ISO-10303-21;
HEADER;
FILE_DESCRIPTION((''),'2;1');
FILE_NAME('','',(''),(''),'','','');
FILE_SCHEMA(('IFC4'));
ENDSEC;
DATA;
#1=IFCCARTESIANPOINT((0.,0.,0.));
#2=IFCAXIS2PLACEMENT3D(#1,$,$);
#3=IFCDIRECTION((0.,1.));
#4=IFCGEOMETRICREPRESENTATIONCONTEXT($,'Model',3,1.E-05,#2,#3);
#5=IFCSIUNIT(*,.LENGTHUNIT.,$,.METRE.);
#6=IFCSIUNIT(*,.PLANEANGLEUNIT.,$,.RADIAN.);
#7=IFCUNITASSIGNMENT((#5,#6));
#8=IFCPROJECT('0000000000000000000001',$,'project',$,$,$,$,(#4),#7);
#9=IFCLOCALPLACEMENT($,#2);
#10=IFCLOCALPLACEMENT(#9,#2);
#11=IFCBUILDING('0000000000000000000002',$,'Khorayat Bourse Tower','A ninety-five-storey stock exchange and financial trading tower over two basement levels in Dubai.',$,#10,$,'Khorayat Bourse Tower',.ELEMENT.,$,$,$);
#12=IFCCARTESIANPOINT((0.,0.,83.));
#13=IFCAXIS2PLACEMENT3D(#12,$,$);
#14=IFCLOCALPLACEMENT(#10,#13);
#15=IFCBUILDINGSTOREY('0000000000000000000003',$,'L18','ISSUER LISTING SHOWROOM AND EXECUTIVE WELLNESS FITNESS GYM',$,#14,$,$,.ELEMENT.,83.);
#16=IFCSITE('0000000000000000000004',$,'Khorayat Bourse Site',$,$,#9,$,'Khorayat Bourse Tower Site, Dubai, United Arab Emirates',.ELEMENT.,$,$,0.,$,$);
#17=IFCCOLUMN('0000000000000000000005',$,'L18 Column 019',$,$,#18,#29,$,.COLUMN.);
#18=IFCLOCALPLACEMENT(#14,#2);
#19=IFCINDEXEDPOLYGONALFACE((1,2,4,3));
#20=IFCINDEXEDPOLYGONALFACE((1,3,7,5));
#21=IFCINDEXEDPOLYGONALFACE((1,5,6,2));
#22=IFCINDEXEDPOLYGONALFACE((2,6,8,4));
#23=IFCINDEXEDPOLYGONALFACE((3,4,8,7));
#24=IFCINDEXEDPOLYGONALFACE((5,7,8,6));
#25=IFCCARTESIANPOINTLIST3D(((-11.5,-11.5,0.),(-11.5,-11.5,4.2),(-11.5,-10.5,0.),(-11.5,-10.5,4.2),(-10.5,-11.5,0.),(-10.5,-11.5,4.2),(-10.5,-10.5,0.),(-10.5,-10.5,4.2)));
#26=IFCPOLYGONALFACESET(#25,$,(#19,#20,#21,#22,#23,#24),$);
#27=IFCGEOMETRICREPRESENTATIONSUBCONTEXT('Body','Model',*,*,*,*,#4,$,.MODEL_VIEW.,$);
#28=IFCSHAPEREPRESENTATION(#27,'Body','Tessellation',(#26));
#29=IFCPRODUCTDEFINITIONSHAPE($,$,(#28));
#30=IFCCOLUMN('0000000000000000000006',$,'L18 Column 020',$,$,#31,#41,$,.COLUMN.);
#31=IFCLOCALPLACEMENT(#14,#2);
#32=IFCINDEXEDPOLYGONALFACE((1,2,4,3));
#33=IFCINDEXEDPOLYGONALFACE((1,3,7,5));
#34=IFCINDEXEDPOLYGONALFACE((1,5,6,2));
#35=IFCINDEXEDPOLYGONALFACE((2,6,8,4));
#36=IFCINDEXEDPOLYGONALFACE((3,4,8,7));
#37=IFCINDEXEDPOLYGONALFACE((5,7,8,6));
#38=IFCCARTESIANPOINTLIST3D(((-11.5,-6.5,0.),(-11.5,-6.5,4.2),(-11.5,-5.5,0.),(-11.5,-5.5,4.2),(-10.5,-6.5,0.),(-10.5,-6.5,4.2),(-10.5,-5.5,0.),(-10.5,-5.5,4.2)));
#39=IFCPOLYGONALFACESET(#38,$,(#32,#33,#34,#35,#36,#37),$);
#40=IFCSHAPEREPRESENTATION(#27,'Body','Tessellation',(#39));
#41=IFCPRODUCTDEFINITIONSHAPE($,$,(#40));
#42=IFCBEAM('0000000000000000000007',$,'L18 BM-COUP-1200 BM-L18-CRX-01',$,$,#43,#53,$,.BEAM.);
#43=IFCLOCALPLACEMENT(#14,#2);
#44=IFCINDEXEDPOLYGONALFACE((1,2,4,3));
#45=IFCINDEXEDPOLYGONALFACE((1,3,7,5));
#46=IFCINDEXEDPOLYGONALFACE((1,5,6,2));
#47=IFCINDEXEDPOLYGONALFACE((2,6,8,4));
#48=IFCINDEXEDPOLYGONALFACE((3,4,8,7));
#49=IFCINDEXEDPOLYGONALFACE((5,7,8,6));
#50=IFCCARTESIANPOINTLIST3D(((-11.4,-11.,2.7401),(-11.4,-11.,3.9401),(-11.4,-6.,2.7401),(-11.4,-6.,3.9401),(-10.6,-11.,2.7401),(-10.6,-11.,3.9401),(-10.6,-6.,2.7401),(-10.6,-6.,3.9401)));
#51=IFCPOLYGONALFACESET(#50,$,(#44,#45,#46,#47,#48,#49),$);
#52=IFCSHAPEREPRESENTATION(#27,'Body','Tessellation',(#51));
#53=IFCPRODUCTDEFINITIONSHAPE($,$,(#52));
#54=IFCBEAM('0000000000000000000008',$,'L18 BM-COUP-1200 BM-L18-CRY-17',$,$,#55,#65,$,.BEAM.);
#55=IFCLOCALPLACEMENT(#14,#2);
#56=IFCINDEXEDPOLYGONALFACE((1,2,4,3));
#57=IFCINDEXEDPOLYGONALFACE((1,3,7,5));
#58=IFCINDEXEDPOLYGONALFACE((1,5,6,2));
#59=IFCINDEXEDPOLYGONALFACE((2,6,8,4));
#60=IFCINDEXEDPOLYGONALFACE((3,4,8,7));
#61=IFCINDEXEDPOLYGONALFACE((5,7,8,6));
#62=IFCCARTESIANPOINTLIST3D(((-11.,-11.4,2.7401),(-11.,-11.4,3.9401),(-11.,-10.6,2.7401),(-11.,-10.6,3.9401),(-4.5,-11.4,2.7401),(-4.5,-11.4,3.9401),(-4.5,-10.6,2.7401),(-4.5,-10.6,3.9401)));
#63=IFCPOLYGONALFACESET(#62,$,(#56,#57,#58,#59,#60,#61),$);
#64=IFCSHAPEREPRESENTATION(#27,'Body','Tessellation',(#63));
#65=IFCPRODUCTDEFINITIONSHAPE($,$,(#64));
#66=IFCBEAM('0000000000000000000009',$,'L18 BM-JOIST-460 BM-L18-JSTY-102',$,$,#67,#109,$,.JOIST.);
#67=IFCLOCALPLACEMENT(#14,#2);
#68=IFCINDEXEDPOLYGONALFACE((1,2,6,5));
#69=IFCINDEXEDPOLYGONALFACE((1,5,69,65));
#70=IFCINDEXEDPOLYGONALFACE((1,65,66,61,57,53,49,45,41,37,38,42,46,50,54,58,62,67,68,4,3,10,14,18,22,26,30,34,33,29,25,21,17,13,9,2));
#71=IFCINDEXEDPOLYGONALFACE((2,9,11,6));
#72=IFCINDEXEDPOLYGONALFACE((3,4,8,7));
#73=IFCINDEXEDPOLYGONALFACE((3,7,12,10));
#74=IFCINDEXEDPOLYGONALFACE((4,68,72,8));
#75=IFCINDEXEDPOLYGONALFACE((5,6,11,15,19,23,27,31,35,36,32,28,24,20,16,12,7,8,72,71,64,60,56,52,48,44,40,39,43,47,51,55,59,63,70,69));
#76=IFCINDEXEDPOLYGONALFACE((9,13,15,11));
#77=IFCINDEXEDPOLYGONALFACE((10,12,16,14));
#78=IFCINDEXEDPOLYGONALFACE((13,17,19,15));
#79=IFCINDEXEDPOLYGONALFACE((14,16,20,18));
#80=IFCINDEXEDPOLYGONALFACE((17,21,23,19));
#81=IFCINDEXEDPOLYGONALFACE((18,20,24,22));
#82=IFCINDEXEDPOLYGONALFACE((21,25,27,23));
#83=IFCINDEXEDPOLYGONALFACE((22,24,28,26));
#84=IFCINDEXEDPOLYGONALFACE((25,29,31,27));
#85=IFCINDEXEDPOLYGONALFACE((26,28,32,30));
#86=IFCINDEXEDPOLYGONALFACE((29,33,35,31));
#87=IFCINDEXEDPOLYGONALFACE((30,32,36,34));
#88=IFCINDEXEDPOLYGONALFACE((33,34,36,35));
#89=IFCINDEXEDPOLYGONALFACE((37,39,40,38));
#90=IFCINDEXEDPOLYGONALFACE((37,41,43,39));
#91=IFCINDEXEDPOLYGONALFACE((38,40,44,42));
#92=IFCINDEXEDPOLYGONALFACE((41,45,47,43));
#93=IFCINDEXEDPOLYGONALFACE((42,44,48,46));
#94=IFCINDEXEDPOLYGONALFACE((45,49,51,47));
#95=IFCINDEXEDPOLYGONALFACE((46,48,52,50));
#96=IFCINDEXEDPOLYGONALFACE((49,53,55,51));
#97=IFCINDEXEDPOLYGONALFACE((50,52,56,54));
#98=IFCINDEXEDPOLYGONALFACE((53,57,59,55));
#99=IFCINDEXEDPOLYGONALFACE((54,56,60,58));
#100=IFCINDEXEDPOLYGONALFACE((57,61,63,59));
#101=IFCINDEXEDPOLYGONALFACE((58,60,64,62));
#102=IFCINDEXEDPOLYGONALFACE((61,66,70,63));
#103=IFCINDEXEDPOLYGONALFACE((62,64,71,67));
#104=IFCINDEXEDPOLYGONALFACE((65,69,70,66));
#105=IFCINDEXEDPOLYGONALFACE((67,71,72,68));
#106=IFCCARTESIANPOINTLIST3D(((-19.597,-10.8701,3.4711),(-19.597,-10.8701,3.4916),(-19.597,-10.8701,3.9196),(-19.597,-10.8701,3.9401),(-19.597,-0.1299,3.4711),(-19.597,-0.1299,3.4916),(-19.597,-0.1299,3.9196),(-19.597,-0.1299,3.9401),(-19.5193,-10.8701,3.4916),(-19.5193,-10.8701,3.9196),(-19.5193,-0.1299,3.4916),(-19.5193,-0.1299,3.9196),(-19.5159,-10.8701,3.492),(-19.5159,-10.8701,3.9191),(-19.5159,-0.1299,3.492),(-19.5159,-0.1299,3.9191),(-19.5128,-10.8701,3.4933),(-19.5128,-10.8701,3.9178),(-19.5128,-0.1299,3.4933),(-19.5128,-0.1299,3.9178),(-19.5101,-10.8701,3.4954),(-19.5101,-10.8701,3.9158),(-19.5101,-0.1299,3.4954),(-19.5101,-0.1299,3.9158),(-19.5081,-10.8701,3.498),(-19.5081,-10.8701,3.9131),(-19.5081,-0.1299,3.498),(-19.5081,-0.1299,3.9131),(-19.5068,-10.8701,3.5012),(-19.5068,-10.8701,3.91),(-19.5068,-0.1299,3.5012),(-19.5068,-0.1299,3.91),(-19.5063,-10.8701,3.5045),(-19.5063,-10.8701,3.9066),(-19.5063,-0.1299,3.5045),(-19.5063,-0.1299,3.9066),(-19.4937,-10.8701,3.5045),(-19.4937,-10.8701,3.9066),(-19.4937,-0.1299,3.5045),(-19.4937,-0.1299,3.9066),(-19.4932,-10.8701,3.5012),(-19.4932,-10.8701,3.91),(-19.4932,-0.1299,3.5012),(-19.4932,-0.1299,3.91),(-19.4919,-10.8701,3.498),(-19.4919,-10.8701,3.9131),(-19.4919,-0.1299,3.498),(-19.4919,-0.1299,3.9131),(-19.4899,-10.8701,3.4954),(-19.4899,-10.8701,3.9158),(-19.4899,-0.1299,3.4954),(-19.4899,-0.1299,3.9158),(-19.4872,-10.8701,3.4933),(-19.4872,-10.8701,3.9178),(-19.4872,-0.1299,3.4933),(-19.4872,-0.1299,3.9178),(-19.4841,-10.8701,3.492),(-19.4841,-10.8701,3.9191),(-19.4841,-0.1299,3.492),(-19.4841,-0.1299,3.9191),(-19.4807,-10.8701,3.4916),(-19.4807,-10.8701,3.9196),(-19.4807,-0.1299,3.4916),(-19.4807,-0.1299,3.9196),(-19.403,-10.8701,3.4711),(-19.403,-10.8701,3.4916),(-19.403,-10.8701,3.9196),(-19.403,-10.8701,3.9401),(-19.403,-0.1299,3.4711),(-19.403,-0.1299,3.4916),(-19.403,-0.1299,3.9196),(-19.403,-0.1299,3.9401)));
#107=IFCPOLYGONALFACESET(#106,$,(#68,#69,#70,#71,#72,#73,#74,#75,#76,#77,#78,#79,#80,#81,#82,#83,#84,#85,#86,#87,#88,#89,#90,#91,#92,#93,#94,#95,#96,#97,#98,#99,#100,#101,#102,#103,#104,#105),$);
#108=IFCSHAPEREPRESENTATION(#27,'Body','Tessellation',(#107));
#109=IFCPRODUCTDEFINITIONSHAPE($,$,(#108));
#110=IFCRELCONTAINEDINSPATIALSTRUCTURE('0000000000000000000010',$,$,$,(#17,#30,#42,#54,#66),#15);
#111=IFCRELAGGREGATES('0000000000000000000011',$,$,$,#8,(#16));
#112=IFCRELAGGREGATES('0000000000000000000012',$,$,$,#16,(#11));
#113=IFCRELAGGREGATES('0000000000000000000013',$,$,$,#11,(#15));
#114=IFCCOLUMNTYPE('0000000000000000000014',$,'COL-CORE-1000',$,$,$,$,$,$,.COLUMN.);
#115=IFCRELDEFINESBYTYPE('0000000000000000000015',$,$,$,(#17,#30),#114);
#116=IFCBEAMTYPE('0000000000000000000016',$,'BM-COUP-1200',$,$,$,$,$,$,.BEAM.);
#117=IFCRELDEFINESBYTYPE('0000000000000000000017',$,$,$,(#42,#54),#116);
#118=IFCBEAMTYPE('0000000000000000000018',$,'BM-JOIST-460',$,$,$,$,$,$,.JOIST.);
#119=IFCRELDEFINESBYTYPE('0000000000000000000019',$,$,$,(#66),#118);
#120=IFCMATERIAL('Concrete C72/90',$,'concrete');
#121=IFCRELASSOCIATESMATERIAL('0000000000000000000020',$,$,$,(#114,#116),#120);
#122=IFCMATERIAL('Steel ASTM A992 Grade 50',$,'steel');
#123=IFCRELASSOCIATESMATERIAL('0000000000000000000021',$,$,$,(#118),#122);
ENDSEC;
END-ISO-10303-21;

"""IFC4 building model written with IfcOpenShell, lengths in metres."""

from ifc_helpers import new_model, si_unit, direction, frame, origin, origin_2d, place, context, subcontext, project, spatial, rectangle, i_section, extrude, source, transform, mapped, material, material_profile, profile_set, type_object, element, save


model = new_model("IFC4")

# Units and contexts
model_context = context("Model", 3, precision=1e-05, world=origin(), true_north=direction((0.0, 1.0)))
body_context = subcontext(model_context, "Body", "Model", "MODEL_VIEW")
ifc_project = project(units=[si_unit("LENGTHUNIT", "METRE"), si_unit("PLANEANGLEUNIT", "RADIAN")], contexts=[model_context])

# Site, building, storey
site_placement = place(None, origin())
site = spatial("IfcSite", under=ifc_project, at=site_placement, Name="Khorayat Bourse Site", LongName="Khorayat Bourse Tower Site, Dubai, United Arab Emirates", CompositionType="ELEMENT", RefElevation=0.0)
building_placement = place(site_placement, origin())
building = spatial("IfcBuilding", under=site, at=building_placement, Name="Khorayat Bourse Tower", Description="A ninety-five-storey stock exchange and financial trading tower over two basement levels in Dubai.", LongName="Khorayat Bourse Tower", CompositionType="ELEMENT")
storey_placement = place(building_placement, frame((0.0, 0.0, 83.0)))
storey = spatial("IfcBuildingStorey", under=building, at=storey_placement, Name="L18", Description="ISSUER LISTING SHOWROOM AND EXECUTIVE WELLNESS FITNESS GYM", CompositionType="ELEMENT", Elevation=83.0)

# Columns
ifc_material_1 = material(Name="Concrete C72/90", Category="concrete")
ifc_material_profile_1 = material_profile(ifc_material_1, rectangle(XDim=1.0, YDim=1.0, at=origin_2d()), Name="RC 1000x1000")
ifc_profile_set_1 = profile_set([ifc_material_profile_1], Name="Concrete C72/90")
column_type = type_object("IfcColumnType", Name="COL-CORE-1000", PredefinedType="COLUMN", material=ifc_profile_set_1)
shared_shape_1 = source(origin(), body_context, "Body", "SweptSolid", [
    extrude(rectangle(XDim=1.0, YDim=1.0, at=origin_2d()), origin(), (0.0, 0.0, 1.0), 4.2),
])
for number, where, z_axis, x_axis, name in (
    (1, (-11.0, -11.0, 0.0), (0.0, 0.0, 1.0), (1.0, 0.0, 0.0), "L18 Column 019"),
    (2, (-11.0, -6.0, 0.0), (0.0, 0.0, 1.0), (1.0, 0.0, 0.0), "L18 Column 020"),
):
    element("IfcColumn", number, at=place(storey_placement, frame(where, z_axis=z_axis, x_axis=x_axis)), inside=storey, type_object=column_type, Name=name, PredefinedType="COLUMN", context=body_context, shape_type="MappedRepresentation", body=[
        mapped(shared_shape_1, transform((0.0, 0.0, 0.0), scale=1.0)),
    ])

# Beams
ifc_material_profile_2 = material_profile(ifc_material_1, rectangle(XDim=0.8, YDim=1.2, at=origin_2d()), Name="RC 800x1200")
ifc_profile_set_2 = profile_set([ifc_material_profile_2], Name="Concrete C72/90")
beam_type_1 = type_object("IfcBeamType", Name="BM-COUP-1200", PredefinedType="BEAM", material=ifc_profile_set_2)
shared_shape_2 = source(origin(), body_context, "Body", "SweptSolid", [
    extrude(rectangle(XDim=0.8, YDim=1.2, at=origin_2d()), origin(), (0.0, 0.0, 1.0), 5.0),
])
beam_1_placement = place(storey_placement, frame((-11.0, -11.0, 3.3401), z_axis=(0.0, 1.0, 0.0), x_axis=(-1.0, 0.0, 0.0)))
element("IfcBeam", 3, at=beam_1_placement, inside=storey, type_object=beam_type_1, Name="L18 BM-COUP-1200 BM-L18-CRX-01", PredefinedType="BEAM", context=body_context, shape_type="MappedRepresentation", body=[
    mapped(shared_shape_2, transform((0.0, 0.0, 0.0), scale=1.0)),
])
shared_shape_3 = source(origin(), body_context, "Body", "SweptSolid", [
    extrude(rectangle(XDim=0.8, YDim=1.2, at=origin_2d()), origin(), (0.0, 0.0, 1.0), 6.5),
])
beam_2_placement = place(storey_placement, frame((-11.0, -11.0, 3.3401), z_axis=(1.0, 0.0, 0.0), x_axis=(0.0, 1.0, 0.0)))
element("IfcBeam", 4, at=beam_2_placement, inside=storey, type_object=beam_type_1, Name="L18 BM-COUP-1200 BM-L18-CRY-17", PredefinedType="BEAM", context=body_context, shape_type="MappedRepresentation", body=[
    mapped(shared_shape_3, transform((0.0, 0.0, 0.0), scale=1.0)),
])
ifc_material_2 = material(Name="Steel ASTM A992 Grade 50", Category="steel")
ifc_material_profile_3 = material_profile(ifc_material_2, i_section(OverallWidth=0.1941, OverallDepth=0.469, WebThickness=0.0127, FlangeThickness=0.0205, FilletRadius=0.0129, at=origin_2d()), Name="W460X106")
ifc_profile_set_3 = profile_set([ifc_material_profile_3], Name="Steel ASTM A992 Grade 50")
beam_type_2 = type_object("IfcBeamType", Name="BM-JOIST-460", PredefinedType="JOIST", material=ifc_profile_set_3)
shared_shape_4 = source(origin(), body_context, "Body", "SweptSolid", [
    extrude(i_section(OverallWidth=0.1941, OverallDepth=0.469, WebThickness=0.0127, FlangeThickness=0.0205, FilletRadius=0.0129, at=origin_2d()), origin(), (0.0, 0.0, 1.0), 10.7402),
])
beam_3_placement = place(storey_placement, frame((-19.5, -10.8701, 3.7056), z_axis=(0.0, 1.0, 0.0), x_axis=(-1.0, 0.0, 0.0)))
element("IfcBeam", 5, at=beam_3_placement, inside=storey, type_object=beam_type_2, Name="L18 BM-JOIST-460 BM-L18-JSTY-102", PredefinedType="JOIST", context=body_context, shape_type="MappedRepresentation", body=[
    mapped(shared_shape_4, transform((0.0, 0.0, 0.0), scale=1.0)),
])

save(model, "model.ifc")
